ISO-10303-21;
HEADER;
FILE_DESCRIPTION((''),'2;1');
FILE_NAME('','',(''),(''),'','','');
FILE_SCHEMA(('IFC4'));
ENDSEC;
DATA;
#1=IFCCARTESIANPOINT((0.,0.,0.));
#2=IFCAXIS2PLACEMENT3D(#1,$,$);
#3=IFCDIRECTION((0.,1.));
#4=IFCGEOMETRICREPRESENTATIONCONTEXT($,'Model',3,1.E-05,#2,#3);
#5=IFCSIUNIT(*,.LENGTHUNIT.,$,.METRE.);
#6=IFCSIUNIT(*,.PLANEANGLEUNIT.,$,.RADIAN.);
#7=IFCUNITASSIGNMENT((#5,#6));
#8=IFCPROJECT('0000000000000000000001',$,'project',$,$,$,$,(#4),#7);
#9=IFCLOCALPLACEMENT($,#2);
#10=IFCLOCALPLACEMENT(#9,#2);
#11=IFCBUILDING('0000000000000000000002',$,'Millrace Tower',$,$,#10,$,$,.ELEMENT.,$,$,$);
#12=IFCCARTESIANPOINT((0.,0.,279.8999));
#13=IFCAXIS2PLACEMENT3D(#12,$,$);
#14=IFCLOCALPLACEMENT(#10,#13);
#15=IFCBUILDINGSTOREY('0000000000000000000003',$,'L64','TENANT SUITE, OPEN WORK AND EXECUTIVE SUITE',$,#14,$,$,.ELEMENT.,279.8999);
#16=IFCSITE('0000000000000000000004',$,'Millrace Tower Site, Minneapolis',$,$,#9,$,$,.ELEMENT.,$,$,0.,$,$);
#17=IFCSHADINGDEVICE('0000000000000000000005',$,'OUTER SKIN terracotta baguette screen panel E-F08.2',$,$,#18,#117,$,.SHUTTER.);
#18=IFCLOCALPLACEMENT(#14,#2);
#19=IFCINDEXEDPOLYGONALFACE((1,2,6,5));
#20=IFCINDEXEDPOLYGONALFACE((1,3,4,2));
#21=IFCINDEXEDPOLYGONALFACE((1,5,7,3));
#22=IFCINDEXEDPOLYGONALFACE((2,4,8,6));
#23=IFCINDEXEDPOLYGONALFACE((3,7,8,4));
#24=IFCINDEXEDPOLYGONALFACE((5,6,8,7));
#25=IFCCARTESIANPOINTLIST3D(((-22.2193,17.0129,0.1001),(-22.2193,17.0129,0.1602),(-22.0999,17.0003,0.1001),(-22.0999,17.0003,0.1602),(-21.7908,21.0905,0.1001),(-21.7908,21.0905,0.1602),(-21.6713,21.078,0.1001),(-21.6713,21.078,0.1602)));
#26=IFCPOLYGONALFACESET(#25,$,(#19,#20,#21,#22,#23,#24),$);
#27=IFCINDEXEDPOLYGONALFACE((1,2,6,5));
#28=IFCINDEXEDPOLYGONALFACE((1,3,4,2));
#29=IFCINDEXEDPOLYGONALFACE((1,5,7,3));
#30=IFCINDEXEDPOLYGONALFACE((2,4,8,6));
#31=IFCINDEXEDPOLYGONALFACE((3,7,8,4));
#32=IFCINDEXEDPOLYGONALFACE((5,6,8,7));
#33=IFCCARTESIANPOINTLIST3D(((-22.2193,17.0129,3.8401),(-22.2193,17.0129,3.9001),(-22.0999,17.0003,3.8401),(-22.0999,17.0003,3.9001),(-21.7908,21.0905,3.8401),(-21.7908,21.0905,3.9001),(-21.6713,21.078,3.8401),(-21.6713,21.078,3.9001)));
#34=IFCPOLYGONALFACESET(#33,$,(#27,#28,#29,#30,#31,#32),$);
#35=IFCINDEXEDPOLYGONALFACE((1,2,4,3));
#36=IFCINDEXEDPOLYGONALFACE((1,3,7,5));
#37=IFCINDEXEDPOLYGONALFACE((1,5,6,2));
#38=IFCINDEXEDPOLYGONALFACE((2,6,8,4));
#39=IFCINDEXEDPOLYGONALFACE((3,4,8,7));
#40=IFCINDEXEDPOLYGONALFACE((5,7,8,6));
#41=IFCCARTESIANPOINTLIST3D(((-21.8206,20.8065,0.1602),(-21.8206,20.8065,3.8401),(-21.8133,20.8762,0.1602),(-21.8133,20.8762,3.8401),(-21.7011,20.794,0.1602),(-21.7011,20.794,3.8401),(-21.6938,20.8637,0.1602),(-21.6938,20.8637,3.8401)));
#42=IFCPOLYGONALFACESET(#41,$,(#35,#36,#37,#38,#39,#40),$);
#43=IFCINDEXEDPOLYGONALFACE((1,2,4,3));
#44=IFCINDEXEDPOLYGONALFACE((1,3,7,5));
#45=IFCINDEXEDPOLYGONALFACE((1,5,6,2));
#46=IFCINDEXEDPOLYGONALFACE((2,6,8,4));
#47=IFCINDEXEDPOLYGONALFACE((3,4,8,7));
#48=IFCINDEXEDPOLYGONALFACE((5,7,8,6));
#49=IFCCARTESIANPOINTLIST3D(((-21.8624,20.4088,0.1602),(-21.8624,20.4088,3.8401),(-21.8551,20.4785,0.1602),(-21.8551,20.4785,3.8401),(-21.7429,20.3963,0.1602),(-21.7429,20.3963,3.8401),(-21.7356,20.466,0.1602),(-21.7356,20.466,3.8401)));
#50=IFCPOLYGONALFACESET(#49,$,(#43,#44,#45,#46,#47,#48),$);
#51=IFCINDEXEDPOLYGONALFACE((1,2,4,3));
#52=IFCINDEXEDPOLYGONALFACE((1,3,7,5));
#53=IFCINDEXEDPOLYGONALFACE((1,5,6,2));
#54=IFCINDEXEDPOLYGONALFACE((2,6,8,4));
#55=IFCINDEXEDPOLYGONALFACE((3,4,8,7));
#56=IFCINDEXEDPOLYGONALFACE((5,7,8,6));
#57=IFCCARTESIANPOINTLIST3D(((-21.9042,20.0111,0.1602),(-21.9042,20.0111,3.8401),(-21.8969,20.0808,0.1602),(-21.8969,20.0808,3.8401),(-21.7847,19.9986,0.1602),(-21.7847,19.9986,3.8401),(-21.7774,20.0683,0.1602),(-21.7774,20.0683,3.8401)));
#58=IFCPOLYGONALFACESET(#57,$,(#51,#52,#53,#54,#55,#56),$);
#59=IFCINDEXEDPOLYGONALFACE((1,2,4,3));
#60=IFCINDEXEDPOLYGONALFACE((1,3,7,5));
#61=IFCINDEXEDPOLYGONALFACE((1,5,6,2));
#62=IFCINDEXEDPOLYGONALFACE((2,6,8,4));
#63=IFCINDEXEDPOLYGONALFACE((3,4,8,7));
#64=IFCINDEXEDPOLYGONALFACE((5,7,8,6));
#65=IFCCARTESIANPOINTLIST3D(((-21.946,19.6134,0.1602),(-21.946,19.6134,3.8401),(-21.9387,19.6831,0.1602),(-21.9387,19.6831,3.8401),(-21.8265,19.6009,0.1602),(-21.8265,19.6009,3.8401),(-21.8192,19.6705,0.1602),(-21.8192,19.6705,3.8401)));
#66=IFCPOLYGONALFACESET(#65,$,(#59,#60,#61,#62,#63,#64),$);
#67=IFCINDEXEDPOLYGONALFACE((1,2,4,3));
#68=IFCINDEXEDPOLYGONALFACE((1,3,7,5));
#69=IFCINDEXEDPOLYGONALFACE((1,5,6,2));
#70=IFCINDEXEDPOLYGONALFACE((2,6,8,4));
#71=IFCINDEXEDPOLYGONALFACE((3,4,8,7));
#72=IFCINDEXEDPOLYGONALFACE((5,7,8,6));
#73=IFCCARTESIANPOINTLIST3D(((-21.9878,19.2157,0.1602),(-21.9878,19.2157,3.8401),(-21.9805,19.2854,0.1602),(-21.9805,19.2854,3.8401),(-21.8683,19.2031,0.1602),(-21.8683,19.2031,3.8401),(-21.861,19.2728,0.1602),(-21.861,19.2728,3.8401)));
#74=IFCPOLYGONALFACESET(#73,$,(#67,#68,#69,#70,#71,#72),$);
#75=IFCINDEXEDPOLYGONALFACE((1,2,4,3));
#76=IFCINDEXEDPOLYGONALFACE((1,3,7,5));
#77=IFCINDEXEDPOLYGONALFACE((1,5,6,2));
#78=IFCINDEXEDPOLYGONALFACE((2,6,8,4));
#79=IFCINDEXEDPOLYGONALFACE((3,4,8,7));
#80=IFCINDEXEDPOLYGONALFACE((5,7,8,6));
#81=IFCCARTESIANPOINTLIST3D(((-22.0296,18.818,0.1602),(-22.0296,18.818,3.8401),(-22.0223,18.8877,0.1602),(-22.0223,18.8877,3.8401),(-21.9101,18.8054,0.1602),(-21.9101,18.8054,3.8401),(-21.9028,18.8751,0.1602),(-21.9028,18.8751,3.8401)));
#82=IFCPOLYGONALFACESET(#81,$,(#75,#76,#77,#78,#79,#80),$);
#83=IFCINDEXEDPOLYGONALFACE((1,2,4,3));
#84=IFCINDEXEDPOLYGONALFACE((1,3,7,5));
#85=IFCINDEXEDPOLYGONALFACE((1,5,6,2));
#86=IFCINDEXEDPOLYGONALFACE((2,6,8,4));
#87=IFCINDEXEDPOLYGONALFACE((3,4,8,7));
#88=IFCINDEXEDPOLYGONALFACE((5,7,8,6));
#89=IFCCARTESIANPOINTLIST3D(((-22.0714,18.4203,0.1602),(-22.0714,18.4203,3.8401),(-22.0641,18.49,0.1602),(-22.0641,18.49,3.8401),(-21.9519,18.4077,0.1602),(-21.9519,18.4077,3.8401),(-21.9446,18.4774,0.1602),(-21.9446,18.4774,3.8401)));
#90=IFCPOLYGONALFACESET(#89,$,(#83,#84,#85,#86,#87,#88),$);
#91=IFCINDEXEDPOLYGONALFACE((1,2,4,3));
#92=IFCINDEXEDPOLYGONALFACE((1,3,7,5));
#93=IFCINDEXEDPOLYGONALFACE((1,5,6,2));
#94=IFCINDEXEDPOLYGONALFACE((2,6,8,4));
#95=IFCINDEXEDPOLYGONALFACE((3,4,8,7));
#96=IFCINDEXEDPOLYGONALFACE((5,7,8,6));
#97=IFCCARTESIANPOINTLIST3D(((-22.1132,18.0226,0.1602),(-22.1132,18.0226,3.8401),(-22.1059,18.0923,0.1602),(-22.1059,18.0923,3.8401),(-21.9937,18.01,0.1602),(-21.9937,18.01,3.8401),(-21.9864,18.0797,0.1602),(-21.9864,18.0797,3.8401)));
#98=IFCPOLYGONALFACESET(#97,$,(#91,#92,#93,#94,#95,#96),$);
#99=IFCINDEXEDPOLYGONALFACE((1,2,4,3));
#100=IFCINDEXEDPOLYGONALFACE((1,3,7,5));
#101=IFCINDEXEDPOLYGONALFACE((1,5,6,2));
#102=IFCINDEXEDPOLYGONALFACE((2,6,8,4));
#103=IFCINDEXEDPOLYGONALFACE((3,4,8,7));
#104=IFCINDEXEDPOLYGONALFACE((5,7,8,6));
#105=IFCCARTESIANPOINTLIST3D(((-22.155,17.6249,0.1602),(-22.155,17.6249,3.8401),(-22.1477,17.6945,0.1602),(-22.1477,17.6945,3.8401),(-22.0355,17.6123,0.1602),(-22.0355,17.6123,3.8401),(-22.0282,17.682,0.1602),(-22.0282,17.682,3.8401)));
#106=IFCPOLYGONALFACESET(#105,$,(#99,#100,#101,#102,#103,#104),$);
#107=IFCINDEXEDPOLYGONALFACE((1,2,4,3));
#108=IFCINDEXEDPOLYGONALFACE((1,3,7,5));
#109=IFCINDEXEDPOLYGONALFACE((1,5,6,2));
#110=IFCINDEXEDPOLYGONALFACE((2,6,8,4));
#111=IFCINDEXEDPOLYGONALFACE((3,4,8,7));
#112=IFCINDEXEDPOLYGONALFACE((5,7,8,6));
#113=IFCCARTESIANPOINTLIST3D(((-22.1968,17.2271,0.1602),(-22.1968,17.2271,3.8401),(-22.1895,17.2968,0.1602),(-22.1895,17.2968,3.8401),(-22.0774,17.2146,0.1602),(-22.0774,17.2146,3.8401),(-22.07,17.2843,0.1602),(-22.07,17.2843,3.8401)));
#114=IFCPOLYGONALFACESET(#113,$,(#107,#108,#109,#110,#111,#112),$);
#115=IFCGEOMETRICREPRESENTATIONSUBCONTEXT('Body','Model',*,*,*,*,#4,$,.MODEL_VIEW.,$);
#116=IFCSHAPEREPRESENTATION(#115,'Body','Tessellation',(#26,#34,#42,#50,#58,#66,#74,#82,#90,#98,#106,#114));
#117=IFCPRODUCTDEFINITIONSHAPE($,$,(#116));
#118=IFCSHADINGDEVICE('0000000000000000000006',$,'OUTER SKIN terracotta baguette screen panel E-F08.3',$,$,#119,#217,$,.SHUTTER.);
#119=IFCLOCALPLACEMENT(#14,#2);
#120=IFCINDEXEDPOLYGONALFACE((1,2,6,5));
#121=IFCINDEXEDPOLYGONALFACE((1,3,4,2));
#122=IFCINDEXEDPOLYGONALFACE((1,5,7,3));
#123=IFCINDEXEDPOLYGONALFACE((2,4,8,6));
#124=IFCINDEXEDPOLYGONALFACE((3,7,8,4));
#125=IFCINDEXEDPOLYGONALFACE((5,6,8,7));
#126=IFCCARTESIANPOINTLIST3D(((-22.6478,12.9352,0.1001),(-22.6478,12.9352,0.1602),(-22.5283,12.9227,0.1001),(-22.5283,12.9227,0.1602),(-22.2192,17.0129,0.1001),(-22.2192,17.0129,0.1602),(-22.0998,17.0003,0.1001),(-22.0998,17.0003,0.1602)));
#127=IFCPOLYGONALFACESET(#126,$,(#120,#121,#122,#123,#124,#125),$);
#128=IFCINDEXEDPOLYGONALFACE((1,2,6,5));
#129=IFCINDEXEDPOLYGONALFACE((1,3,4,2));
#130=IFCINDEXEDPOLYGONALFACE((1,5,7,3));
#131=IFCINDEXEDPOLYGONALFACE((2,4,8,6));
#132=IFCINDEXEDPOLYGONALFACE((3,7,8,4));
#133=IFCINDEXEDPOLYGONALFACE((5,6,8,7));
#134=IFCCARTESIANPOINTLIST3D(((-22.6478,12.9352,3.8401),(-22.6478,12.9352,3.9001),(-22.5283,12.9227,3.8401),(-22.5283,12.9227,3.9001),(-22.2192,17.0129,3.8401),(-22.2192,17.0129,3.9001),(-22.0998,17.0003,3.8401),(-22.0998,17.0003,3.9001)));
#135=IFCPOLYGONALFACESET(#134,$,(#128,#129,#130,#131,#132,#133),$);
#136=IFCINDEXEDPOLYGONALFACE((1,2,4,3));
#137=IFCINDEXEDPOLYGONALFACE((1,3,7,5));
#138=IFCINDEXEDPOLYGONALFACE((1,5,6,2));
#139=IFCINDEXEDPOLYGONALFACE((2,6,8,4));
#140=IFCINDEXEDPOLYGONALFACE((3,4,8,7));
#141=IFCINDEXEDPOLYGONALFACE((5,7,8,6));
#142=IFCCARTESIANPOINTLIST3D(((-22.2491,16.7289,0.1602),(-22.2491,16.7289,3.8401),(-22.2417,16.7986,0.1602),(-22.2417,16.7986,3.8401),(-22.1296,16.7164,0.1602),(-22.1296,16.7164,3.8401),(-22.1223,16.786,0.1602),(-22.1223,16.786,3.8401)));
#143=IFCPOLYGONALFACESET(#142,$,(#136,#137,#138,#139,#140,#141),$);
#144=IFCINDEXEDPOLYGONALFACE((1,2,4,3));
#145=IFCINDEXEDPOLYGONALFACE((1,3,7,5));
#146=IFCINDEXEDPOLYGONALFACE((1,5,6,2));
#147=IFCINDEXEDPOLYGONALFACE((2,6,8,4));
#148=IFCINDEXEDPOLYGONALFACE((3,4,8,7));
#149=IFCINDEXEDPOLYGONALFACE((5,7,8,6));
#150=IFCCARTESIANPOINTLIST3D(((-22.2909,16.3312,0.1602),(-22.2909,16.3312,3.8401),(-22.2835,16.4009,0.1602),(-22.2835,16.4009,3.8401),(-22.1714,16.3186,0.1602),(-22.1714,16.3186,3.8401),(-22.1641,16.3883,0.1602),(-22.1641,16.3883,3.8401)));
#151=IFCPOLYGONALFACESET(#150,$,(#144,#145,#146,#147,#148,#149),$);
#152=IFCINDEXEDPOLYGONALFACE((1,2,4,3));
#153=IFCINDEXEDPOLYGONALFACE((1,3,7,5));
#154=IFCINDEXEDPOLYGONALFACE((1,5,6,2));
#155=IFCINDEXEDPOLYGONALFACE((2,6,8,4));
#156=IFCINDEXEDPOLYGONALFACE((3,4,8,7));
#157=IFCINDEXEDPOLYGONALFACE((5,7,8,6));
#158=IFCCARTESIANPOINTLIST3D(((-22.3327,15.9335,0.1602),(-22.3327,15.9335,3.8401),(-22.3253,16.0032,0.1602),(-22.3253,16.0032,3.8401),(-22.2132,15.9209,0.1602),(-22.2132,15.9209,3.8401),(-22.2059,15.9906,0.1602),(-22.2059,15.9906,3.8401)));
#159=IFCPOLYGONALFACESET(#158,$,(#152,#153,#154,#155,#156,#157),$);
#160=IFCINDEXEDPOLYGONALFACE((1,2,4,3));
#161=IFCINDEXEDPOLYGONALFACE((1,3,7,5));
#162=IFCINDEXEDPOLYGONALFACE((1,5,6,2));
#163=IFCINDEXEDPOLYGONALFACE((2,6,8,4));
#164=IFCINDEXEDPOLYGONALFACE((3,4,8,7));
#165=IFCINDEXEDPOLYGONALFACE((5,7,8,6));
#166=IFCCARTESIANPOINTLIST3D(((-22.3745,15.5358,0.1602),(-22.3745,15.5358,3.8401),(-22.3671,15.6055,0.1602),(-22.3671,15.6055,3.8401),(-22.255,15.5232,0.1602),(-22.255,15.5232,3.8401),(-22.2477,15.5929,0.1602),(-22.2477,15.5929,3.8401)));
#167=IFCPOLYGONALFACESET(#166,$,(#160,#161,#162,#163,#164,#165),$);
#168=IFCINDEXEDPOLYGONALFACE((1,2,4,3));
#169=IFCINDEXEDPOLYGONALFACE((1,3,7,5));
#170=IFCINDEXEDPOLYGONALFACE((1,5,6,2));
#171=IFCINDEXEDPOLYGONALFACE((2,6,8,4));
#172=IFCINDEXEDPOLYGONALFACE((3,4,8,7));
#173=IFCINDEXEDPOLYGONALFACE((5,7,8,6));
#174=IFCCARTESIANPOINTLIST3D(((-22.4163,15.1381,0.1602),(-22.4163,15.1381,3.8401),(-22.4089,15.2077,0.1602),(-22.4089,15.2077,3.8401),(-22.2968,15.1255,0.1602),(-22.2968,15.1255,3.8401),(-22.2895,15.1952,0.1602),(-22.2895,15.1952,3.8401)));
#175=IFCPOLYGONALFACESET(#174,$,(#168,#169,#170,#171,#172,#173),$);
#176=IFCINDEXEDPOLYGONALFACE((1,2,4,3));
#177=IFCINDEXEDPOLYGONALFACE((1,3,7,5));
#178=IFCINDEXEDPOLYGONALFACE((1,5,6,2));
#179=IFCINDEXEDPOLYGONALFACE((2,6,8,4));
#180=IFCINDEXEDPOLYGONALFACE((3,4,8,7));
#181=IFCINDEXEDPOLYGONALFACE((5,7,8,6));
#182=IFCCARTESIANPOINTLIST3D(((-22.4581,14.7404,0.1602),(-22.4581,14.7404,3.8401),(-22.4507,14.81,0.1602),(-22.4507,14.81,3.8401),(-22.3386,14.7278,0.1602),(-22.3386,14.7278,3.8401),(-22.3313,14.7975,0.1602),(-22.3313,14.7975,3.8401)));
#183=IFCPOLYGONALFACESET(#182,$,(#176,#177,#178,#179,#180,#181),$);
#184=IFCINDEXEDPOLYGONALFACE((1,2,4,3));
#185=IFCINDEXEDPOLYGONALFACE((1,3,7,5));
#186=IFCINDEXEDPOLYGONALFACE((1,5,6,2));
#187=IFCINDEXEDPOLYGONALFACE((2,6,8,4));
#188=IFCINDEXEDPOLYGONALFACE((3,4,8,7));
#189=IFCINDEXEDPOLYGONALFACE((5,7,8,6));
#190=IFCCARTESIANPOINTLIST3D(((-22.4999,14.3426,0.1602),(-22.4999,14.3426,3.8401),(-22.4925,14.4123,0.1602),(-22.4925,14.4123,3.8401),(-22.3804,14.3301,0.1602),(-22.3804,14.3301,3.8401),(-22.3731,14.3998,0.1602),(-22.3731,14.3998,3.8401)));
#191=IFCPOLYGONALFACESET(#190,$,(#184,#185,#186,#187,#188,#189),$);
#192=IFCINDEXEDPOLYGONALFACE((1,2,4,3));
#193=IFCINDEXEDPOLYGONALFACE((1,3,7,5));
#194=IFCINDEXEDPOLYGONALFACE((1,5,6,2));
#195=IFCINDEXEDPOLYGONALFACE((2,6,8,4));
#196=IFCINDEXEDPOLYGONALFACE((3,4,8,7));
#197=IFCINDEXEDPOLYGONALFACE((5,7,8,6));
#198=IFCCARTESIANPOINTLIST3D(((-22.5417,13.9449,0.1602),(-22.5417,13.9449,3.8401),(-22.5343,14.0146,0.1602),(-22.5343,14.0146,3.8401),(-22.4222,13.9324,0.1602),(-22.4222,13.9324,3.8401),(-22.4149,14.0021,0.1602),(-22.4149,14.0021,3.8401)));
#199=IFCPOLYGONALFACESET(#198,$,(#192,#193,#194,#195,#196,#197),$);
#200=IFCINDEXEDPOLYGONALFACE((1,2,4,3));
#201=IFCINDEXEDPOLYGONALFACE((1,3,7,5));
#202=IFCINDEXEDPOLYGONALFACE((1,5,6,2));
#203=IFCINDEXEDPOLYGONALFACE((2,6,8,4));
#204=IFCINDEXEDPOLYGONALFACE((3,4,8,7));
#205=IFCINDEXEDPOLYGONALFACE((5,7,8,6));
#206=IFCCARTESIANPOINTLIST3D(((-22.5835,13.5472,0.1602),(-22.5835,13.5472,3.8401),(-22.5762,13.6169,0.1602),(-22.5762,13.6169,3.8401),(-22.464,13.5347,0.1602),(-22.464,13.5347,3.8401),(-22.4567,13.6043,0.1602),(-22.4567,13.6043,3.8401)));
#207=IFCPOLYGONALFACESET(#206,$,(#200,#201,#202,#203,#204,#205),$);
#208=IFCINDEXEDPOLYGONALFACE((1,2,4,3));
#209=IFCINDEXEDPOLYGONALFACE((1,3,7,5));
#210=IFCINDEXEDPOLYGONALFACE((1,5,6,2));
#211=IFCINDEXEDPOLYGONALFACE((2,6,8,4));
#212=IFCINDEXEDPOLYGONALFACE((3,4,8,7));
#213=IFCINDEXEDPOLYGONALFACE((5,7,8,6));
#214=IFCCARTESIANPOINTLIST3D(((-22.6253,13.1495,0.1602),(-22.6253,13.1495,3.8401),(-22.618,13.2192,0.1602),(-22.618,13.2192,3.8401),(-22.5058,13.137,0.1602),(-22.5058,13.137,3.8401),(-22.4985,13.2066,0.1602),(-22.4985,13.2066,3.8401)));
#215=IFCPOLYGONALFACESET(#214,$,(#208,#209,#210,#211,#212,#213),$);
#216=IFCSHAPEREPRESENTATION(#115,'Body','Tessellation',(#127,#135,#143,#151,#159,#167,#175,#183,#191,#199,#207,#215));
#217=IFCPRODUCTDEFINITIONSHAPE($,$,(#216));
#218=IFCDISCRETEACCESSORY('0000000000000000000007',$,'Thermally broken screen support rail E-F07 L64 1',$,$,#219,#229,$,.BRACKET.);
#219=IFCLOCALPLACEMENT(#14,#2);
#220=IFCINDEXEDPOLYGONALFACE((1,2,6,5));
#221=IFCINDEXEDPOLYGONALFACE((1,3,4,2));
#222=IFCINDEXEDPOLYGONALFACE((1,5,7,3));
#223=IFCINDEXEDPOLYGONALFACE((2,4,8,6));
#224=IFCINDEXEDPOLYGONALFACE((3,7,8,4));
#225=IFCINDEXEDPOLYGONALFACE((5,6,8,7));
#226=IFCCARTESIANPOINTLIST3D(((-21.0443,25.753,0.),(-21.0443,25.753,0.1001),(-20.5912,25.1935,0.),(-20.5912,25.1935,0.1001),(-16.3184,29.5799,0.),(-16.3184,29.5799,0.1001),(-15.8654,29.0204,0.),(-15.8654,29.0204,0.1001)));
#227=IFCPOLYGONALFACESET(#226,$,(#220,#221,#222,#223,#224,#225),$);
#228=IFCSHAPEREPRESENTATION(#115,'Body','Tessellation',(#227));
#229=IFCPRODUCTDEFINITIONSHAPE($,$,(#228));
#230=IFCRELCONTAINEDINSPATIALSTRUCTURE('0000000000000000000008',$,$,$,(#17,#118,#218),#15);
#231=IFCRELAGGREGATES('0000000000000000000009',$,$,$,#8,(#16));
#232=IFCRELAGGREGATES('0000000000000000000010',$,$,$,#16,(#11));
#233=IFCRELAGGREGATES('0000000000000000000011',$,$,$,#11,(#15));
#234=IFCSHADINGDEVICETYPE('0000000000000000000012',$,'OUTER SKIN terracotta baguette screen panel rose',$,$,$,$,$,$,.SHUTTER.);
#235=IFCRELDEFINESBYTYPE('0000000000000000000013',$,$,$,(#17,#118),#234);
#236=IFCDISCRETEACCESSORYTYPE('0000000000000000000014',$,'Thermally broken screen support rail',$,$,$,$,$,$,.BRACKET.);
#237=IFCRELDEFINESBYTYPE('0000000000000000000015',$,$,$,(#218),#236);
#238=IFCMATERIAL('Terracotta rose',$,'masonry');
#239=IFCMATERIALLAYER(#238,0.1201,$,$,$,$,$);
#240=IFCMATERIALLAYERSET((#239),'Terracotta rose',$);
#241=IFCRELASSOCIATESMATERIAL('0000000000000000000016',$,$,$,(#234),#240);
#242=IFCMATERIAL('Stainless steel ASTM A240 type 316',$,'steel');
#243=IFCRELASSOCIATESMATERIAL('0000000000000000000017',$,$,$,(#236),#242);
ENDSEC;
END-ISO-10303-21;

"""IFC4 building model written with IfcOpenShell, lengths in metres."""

from ifc_helpers import new_model, entity, si_unit, direction, frame, frame_2d, origin, origin_2d, place, context, subcontext, project, spatial, rectangle, extrude, source, transform, mapped, material, layer, layer_set, type_object, element, save


model = new_model("IFC4")

# Units and contexts
model_context = context("Model", 3, precision=1e-05, world=origin(), true_north=direction((0.0, 1.0)))
body_context = subcontext(model_context, "Body", "Model", "MODEL_VIEW")
ifc_project = project(units=[si_unit("LENGTHUNIT", "METRE"), si_unit("PLANEANGLEUNIT", "RADIAN")], contexts=[model_context])

# Site, building, storey
site_placement = place(None, origin())
site = spatial("IfcSite", under=ifc_project, at=site_placement, Name="Millrace Tower Site, Minneapolis", CompositionType="ELEMENT", RefElevation=0.0)
building_placement = place(site_placement, origin())
building = spatial("IfcBuilding", under=site, at=building_placement, Name="Millrace Tower", CompositionType="ELEMENT")
storey_placement = place(building_placement, frame((0.0, 0.0, 279.8999)))
storey = spatial("IfcBuildingStorey", under=building, at=storey_placement, Name="L64", Description="TENANT SUITE, OPEN WORK AND EXECUTIVE SUITE", CompositionType="ELEMENT", Elevation=279.8999)

# Shading devices
ifc_material_1 = material(Name="Terracotta rose", Category="masonry")
ifc_layer_1 = layer(ifc_material_1, 0.1201)
ifc_layer_set_1 = layer_set([ifc_layer_1], Name="Terracotta rose")
shading_device_type = type_object("IfcShadingDeviceType", Name="OUTER SKIN terracotta baguette screen panel rose", PredefinedType="SHUTTER", material=ifc_layer_set_1)
cartesian_point_1 = entity("IfcCartesianPoint", [-2.05, 0.0601])
shared_polyline_1 = entity("IfcPolyline", [cartesian_point_1, entity("IfcCartesianPoint", [2.05, 0.0601]), entity("IfcCartesianPoint", [2.05, -0.0601]), entity("IfcCartesianPoint", [-2.05, -0.0601]), cartesian_point_1])
shared_shape_1 = source(origin(), body_context, "Body", "SweptSolid", [
    entity("IfcExtrudedAreaSolid", entity("IfcArbitraryClosedProfileDef", "AREA", None, shared_polyline_1), entity("IfcAxis2Placement3D", entity("IfcCartesianPoint", [0.0, 0.0, 0.0])), entity("IfcDirection", [0.0, 0.0, 1.0]), 0.0601),
    entity("IfcExtrudedAreaSolid", entity("IfcArbitraryClosedProfileDef", "AREA", None, shared_polyline_1), entity("IfcAxis2Placement3D", entity("IfcCartesianPoint", [0.0, 0.0, 3.74])), entity("IfcDirection", [0.0, 0.0, 1.0]), 0.0601),
    extrude(rectangle(XDim=0.0701, YDim=0.1201, at=frame_2d((-1.7996, 0.0))), frame((0.0, 0.0, 0.0601)), (0.0, 0.0, 1.0), 3.6799),
    extrude(rectangle(XDim=0.0701, YDim=0.1201, at=frame_2d((-1.3997, 0.0))), frame((0.0, 0.0, 0.0601)), (0.0, 0.0, 1.0), 3.6799),
    extrude(rectangle(XDim=0.0701, YDim=0.1201, at=frame_2d((-0.9998, 0.0))), frame((0.0, 0.0, 0.0601)), (0.0, 0.0, 1.0), 3.6799),
    extrude(rectangle(XDim=0.0701, YDim=0.1201, at=frame_2d((-0.5999, 0.0))), frame((0.0, 0.0, 0.0601)), (0.0, 0.0, 1.0), 3.6799),
    extrude(rectangle(XDim=0.0701, YDim=0.1201, at=frame_2d((-0.2, 0.0))), frame((0.0, 0.0, 0.0601)), (0.0, 0.0, 1.0), 3.6799),
    extrude(rectangle(XDim=0.0701, YDim=0.1201, at=frame_2d((0.2, 0.0))), frame((0.0, 0.0, 0.0601)), (0.0, 0.0, 1.0), 3.6799),
    extrude(rectangle(XDim=0.0701, YDim=0.1201, at=frame_2d((0.5999, 0.0))), frame((0.0, 0.0, 0.0601)), (0.0, 0.0, 1.0), 3.6799),
    extrude(rectangle(XDim=0.0701, YDim=0.1201, at=frame_2d((0.9998, 0.0))), frame((0.0, 0.0, 0.0601)), (0.0, 0.0, 1.0), 3.6799),
    extrude(rectangle(XDim=0.0701, YDim=0.1201, at=frame_2d((1.3997, 0.0))), frame((0.0, 0.0, 0.0601)), (0.0, 0.0, 1.0), 3.6799),
    extrude(rectangle(XDim=0.0701, YDim=0.1201, at=frame_2d((1.7996, 0.0))), frame((0.0, 0.0, 0.0601)), (0.0, 0.0, 1.0), 3.6799),
])
for number, where, z_axis, x_axis, name in (
    (1, (-21.9453, 19.0454, 0.1001), (0.0, 0.0, 1.0), (-0.104528, -0.994522, 0.0), "OUTER SKIN terracotta baguette screen panel E-F08.2"),
    (2, (-22.3738, 14.9678, 0.1001), (0.0, 0.0, 1.0), (-0.104528, -0.994522, 0.0), "OUTER SKIN terracotta baguette screen panel E-F08.3"),
):
    element("IfcShadingDevice", number, at=place(storey_placement, frame(where, z_axis=z_axis, x_axis=x_axis)), inside=storey, type_object=shading_device_type, Name=name, PredefinedType="SHUTTER", context=body_context, shape_type="MappedRepresentation", body=[
        mapped(shared_shape_1, transform((0.0, 0.0, 0.0), scale=1.0)),
    ])

# Discrete accessory
ifc_material_2 = material(Name="Stainless steel ASTM A240 type 316", Category="steel")
discrete_accessory_type = type_object("IfcDiscreteAccessoryType", Name="Thermally broken screen support rail", PredefinedType="BRACKET", material=ifc_material_2)
discrete_accessory_placement = place(storey_placement, frame((-18.4548, 27.3867, 0.0), z_axis=(0.0, 0.0, 1.0), x_axis=(-0.777146, -0.62932, 0.0)))
element("IfcDiscreteAccessory", 3, at=discrete_accessory_placement, inside=storey, type_object=discrete_accessory_type, Name="Thermally broken screen support rail E-F07 L64 1", PredefinedType="BRACKET", context=body_context, shape_type="SweptSolid", body=[
    extrude(rectangle(XDim=6.0811, YDim=0.72, at=origin_2d()), origin(), (0.0, 0.0, 1.0), 0.1001),
])

save(model, "model.ifc")
